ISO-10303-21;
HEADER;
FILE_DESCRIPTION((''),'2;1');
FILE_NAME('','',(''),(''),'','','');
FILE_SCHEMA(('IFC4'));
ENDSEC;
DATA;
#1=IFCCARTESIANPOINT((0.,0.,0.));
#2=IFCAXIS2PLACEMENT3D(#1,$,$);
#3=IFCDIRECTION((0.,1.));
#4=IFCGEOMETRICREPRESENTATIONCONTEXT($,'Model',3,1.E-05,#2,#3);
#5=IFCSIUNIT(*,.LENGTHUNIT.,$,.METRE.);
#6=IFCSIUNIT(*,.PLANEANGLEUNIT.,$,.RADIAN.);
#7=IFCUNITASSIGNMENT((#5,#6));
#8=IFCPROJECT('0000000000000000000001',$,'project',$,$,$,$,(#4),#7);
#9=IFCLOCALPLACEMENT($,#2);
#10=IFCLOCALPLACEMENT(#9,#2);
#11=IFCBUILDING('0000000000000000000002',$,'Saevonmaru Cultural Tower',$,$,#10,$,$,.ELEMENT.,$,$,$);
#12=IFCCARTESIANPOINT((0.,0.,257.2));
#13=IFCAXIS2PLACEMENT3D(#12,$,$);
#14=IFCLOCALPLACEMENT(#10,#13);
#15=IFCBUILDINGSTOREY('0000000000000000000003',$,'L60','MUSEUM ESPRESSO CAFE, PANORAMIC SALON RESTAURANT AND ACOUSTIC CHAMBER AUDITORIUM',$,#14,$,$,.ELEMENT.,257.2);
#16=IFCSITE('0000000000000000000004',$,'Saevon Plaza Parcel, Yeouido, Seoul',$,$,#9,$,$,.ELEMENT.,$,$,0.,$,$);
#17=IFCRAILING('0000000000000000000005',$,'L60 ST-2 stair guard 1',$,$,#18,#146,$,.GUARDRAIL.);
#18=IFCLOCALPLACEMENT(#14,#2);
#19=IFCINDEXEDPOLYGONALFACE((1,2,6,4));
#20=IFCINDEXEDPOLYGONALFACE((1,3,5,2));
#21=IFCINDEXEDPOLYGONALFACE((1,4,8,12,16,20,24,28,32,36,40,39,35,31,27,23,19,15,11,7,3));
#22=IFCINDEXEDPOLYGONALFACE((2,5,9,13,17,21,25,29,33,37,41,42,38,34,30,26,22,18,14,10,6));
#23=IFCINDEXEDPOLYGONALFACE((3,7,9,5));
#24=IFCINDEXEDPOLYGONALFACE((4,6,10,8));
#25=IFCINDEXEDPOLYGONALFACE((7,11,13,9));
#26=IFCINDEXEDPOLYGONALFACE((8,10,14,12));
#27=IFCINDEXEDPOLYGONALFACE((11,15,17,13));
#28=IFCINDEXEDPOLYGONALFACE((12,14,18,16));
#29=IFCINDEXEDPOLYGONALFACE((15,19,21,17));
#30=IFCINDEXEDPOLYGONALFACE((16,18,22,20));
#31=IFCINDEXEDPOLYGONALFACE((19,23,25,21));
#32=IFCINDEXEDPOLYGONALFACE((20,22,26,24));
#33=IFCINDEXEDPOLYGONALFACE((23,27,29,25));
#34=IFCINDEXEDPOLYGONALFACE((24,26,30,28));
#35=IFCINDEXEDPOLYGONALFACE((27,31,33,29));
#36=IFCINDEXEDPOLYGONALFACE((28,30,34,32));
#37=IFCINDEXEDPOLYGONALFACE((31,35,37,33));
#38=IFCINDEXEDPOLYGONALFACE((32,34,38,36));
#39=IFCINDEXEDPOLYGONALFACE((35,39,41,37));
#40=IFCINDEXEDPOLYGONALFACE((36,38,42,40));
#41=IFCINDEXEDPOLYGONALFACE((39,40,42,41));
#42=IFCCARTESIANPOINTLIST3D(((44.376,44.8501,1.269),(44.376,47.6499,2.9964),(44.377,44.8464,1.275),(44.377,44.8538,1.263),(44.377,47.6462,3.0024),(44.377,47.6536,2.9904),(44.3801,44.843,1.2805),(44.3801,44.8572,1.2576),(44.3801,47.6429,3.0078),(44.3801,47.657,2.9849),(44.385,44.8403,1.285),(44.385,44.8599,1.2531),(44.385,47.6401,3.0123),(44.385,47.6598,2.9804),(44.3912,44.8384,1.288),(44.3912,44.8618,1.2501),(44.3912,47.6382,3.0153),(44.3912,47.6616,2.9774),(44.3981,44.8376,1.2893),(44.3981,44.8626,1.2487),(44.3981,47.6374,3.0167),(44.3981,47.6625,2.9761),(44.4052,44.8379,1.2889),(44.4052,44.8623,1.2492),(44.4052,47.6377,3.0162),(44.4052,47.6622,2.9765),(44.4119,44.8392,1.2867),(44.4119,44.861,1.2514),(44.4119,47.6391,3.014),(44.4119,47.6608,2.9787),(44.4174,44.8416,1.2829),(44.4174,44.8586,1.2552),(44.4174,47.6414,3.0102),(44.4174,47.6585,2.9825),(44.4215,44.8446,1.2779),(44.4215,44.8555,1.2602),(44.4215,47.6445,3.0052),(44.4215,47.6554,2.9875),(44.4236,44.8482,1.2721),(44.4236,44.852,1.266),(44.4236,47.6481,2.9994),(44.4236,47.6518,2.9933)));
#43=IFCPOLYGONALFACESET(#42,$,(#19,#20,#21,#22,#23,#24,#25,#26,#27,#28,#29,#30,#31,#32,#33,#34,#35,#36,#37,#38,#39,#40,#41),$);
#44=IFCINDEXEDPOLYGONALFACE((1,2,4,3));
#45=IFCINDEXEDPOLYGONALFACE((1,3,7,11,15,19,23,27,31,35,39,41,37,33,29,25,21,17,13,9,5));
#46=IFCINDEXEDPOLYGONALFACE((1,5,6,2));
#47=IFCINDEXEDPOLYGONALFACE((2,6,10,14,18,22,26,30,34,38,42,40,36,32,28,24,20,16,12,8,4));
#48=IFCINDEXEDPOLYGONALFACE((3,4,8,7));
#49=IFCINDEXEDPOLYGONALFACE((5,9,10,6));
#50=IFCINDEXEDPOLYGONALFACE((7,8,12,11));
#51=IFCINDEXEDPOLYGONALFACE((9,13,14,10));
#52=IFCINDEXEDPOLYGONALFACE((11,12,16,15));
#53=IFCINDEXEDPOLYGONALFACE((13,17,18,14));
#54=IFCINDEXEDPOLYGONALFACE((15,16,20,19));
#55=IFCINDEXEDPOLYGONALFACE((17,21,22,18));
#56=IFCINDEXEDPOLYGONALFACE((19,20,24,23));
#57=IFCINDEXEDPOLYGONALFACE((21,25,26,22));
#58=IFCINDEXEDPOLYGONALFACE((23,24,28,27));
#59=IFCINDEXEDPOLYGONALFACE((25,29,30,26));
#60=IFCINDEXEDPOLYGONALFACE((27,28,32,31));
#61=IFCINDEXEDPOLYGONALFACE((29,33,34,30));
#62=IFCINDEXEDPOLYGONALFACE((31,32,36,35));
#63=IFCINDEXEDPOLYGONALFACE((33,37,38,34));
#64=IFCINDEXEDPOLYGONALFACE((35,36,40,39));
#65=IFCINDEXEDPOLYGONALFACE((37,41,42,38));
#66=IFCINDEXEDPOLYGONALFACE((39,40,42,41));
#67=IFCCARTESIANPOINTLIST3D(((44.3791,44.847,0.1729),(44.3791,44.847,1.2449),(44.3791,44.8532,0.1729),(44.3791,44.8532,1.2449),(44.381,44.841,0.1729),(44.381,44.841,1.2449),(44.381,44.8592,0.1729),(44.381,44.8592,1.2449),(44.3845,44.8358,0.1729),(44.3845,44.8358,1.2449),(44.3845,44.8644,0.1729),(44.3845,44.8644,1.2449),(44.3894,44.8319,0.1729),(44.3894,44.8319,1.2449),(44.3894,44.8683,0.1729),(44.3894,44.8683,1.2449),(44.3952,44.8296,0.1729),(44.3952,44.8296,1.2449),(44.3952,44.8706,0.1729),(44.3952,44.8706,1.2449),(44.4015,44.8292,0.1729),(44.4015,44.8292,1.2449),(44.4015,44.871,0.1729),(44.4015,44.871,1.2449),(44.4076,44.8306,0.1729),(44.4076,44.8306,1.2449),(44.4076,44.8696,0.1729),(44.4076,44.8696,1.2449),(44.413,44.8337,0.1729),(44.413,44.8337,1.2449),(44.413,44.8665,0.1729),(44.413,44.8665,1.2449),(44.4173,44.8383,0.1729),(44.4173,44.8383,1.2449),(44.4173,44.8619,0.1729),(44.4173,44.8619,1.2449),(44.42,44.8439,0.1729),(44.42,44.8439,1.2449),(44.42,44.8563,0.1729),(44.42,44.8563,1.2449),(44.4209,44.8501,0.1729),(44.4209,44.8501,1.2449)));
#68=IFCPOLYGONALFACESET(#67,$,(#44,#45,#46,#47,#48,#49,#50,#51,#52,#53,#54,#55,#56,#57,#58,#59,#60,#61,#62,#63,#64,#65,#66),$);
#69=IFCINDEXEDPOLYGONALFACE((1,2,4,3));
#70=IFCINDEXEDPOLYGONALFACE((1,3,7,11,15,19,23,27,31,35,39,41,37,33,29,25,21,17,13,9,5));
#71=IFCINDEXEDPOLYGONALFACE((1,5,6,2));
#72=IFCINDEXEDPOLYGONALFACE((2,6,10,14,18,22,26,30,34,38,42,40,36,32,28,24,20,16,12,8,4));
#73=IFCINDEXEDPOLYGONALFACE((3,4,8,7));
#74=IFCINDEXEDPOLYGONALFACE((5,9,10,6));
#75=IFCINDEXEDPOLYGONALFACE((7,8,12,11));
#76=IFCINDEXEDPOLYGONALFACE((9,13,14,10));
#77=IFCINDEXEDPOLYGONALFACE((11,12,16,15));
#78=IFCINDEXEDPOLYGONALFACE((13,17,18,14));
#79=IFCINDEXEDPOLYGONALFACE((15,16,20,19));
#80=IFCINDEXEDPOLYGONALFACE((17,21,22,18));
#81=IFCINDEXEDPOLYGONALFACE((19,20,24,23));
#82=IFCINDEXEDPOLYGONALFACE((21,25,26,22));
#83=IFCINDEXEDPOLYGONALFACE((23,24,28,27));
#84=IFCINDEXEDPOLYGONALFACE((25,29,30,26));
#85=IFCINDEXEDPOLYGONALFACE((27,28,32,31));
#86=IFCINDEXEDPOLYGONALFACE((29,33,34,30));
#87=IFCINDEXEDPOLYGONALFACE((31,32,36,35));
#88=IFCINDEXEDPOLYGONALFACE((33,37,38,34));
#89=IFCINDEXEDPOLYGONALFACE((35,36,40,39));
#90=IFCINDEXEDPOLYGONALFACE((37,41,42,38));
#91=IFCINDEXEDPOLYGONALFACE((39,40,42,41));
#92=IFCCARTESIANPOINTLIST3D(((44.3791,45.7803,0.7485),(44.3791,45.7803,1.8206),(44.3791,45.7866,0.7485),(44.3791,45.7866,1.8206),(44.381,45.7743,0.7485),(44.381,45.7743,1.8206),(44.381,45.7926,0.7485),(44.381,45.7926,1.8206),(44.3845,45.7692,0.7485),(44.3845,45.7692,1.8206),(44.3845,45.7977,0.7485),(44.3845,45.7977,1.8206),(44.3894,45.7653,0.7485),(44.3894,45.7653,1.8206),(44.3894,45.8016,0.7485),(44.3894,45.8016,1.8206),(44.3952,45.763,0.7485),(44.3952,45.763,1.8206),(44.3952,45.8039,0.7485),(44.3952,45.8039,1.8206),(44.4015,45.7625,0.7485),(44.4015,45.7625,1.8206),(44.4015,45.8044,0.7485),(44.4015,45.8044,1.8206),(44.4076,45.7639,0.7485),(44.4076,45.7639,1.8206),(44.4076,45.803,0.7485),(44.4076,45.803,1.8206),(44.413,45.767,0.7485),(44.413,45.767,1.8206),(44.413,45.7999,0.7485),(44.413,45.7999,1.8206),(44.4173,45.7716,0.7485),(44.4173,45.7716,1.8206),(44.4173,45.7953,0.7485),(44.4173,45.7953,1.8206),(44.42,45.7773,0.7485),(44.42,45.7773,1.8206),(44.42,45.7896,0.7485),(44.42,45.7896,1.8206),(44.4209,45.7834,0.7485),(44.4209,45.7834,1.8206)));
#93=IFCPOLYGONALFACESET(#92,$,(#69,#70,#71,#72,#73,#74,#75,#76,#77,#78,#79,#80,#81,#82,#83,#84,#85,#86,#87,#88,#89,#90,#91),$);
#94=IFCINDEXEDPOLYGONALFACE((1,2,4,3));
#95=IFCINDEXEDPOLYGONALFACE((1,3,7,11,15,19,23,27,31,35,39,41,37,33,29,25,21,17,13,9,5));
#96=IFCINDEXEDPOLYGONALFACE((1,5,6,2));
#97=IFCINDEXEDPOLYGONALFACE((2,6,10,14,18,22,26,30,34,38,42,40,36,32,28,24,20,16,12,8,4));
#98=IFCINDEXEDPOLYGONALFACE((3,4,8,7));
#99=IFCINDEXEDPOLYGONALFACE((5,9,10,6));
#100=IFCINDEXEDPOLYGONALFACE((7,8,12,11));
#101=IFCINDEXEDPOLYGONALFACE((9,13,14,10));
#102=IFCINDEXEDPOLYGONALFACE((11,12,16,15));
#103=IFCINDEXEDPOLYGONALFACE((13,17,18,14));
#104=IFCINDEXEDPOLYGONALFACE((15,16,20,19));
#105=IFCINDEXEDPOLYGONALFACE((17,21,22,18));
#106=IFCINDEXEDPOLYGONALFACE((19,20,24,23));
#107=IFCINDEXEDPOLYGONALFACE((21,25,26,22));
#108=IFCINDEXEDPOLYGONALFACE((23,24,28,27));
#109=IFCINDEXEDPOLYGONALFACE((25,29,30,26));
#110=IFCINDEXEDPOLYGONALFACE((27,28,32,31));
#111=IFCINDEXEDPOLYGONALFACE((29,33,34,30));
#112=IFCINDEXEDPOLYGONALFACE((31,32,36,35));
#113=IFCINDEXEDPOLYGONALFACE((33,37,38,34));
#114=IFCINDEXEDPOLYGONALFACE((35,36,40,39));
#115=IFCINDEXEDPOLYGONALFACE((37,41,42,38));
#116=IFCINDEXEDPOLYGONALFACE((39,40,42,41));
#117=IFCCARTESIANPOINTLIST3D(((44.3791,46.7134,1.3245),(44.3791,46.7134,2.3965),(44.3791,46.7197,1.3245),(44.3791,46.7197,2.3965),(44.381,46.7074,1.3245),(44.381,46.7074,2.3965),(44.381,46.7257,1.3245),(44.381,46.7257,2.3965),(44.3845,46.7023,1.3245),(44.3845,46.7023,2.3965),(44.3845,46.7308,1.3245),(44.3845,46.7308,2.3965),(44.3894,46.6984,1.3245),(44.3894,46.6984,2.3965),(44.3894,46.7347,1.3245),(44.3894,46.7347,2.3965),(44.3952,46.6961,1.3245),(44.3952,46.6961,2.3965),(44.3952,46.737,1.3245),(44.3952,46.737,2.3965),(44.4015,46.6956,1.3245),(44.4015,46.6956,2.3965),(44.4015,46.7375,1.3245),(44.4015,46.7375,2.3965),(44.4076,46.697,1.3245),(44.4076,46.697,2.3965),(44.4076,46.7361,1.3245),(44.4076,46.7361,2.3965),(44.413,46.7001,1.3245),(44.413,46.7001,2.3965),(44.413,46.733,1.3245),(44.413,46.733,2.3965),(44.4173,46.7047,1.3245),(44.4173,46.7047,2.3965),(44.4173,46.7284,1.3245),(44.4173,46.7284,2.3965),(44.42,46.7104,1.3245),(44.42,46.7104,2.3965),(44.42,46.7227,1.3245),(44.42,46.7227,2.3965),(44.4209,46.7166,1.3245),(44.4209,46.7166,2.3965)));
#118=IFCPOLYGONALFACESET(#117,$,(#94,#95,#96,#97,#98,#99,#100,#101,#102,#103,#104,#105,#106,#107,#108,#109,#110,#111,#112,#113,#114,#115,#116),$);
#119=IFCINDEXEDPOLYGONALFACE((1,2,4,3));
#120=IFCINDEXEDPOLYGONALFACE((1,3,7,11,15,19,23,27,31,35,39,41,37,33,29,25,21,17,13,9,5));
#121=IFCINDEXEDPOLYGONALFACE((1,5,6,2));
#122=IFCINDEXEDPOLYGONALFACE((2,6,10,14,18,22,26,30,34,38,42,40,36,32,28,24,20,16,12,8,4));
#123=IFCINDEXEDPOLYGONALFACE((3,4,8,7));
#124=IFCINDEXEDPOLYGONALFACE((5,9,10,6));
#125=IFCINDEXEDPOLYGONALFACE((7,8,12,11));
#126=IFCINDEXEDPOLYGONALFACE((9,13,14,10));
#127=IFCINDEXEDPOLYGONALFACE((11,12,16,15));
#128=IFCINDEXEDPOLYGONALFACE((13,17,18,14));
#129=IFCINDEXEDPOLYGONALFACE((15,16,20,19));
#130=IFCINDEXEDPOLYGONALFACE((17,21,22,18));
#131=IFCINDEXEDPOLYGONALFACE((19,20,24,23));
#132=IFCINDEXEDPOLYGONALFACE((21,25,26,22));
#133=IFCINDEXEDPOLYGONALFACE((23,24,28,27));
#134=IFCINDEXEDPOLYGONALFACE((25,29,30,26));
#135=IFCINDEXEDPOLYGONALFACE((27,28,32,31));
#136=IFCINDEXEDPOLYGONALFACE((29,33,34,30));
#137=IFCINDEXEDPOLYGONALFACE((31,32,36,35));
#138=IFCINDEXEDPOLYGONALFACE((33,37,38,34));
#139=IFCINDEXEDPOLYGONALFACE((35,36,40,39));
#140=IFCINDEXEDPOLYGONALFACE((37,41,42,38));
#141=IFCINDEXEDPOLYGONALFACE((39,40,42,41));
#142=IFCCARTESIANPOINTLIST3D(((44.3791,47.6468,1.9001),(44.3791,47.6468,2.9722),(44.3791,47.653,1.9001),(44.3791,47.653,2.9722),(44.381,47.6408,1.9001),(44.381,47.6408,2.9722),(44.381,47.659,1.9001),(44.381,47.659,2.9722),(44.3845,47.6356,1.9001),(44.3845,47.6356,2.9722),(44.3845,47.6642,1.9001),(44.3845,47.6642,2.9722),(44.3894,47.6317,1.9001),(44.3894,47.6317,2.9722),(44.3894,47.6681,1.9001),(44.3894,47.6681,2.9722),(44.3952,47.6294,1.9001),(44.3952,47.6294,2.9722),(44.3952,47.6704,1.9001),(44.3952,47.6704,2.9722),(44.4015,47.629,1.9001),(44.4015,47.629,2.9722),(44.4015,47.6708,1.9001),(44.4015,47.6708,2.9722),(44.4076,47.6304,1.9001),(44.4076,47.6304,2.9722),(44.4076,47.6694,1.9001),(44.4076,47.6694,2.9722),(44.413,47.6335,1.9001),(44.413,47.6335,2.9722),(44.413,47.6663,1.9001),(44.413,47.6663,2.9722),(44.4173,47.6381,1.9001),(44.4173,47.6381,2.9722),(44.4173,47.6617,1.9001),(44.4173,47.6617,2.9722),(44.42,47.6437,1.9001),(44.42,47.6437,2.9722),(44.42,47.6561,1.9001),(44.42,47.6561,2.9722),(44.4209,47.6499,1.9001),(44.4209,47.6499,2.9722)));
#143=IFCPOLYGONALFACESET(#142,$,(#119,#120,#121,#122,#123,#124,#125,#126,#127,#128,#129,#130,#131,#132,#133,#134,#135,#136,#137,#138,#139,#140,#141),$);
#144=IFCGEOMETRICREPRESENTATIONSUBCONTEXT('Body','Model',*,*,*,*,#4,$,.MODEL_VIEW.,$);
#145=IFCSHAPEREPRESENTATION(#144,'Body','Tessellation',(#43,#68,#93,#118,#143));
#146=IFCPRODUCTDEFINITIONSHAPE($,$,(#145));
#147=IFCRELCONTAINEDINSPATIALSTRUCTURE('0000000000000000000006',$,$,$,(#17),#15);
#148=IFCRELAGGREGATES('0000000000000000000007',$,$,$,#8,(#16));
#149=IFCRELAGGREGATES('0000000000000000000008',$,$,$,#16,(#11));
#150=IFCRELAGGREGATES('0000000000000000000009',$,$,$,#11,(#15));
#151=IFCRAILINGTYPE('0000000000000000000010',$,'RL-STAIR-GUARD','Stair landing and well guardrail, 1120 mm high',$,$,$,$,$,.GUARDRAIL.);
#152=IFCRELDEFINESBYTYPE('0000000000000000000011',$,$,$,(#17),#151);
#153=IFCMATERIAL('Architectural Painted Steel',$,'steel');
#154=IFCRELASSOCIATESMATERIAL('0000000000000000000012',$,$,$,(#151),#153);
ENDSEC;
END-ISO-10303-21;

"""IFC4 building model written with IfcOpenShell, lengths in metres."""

from ifc_helpers import new_model, si_unit, direction, frame, origin, origin_2d, place, context, subcontext, project, spatial, circle, extrude, material, type_object, element, save


model = new_model("IFC4")

# Units and contexts
model_context = context("Model", 3, precision=1e-05, world=origin(), true_north=direction((0.0, 1.0)))
body_context = subcontext(model_context, "Body", "Model", "MODEL_VIEW")
ifc_project = project(units=[si_unit("LENGTHUNIT", "METRE"), si_unit("PLANEANGLEUNIT", "RADIAN")], contexts=[model_context])

# Site, building, storey
site_placement = place(None, origin())
site = spatial("IfcSite", under=ifc_project, at=site_placement, Name="Saevon Plaza Parcel, Yeouido, Seoul", CompositionType="ELEMENT", RefElevation=0.0)
building_placement = place(site_placement, origin())
building = spatial("IfcBuilding", under=site, at=building_placement, Name="Saevonmaru Cultural Tower", CompositionType="ELEMENT")
storey_placement = place(building_placement, frame((0.0, 0.0, 257.2)))
storey = spatial("IfcBuildingStorey", under=building, at=storey_placement, Name="L60", Description="MUSEUM ESPRESSO CAFE, PANORAMIC SALON RESTAURANT AND ACOUSTIC CHAMBER AUDITORIUM", CompositionType="ELEMENT", Elevation=257.2)

# Railing
ifc_material_1 = material(Name="Architectural Painted Steel", Category="steel")
railing_type_1 = type_object("IfcRailingType", Name="RL-STAIR-GUARD", Description="Stair landing and well guardrail, 1120 mm high", PredefinedType="GUARDRAIL", material=ifc_material_1)
railing_1_placement = place(storey_placement, frame((44.3999, 44.8501, 0.1729)))
element("IfcRailing", 1, at=railing_1_placement, inside=storey, type_object=railing_type_1, Name="L60 ST-2 stair guard 1", PredefinedType="GUARDRAIL", context=body_context, shape_type="SweptSolid", body=[
    extrude(circle(Radius=0.0239, at=origin_2d()), frame((0.0, 0.0, 1.0962), z_axis=(0.0, 0.851069, 0.525054), x_axis=(-1.0, 0.0, 0.0)), (0.0, 0.0, 1.0), 3.2898),
    extrude(circle(Radius=0.021, at=origin_2d()), origin(), (0.0, 0.0, 1.0), 1.072),
    extrude(circle(Radius=0.021, at=origin_2d()), frame((0.0, 0.9333, 0.5757)), (0.0, 0.0, 1.0), 1.072),
    extrude(circle(Radius=0.021, at=origin_2d()), frame((0.0, 1.8665, 1.1516)), (0.0, 0.0, 1.0), 1.072),
    extrude(circle(Radius=0.021, at=origin_2d()), frame((0.0, 2.7998, 1.7273)), (0.0, 0.0, 1.0), 1.072),
])

save(model, "model.ifc")
